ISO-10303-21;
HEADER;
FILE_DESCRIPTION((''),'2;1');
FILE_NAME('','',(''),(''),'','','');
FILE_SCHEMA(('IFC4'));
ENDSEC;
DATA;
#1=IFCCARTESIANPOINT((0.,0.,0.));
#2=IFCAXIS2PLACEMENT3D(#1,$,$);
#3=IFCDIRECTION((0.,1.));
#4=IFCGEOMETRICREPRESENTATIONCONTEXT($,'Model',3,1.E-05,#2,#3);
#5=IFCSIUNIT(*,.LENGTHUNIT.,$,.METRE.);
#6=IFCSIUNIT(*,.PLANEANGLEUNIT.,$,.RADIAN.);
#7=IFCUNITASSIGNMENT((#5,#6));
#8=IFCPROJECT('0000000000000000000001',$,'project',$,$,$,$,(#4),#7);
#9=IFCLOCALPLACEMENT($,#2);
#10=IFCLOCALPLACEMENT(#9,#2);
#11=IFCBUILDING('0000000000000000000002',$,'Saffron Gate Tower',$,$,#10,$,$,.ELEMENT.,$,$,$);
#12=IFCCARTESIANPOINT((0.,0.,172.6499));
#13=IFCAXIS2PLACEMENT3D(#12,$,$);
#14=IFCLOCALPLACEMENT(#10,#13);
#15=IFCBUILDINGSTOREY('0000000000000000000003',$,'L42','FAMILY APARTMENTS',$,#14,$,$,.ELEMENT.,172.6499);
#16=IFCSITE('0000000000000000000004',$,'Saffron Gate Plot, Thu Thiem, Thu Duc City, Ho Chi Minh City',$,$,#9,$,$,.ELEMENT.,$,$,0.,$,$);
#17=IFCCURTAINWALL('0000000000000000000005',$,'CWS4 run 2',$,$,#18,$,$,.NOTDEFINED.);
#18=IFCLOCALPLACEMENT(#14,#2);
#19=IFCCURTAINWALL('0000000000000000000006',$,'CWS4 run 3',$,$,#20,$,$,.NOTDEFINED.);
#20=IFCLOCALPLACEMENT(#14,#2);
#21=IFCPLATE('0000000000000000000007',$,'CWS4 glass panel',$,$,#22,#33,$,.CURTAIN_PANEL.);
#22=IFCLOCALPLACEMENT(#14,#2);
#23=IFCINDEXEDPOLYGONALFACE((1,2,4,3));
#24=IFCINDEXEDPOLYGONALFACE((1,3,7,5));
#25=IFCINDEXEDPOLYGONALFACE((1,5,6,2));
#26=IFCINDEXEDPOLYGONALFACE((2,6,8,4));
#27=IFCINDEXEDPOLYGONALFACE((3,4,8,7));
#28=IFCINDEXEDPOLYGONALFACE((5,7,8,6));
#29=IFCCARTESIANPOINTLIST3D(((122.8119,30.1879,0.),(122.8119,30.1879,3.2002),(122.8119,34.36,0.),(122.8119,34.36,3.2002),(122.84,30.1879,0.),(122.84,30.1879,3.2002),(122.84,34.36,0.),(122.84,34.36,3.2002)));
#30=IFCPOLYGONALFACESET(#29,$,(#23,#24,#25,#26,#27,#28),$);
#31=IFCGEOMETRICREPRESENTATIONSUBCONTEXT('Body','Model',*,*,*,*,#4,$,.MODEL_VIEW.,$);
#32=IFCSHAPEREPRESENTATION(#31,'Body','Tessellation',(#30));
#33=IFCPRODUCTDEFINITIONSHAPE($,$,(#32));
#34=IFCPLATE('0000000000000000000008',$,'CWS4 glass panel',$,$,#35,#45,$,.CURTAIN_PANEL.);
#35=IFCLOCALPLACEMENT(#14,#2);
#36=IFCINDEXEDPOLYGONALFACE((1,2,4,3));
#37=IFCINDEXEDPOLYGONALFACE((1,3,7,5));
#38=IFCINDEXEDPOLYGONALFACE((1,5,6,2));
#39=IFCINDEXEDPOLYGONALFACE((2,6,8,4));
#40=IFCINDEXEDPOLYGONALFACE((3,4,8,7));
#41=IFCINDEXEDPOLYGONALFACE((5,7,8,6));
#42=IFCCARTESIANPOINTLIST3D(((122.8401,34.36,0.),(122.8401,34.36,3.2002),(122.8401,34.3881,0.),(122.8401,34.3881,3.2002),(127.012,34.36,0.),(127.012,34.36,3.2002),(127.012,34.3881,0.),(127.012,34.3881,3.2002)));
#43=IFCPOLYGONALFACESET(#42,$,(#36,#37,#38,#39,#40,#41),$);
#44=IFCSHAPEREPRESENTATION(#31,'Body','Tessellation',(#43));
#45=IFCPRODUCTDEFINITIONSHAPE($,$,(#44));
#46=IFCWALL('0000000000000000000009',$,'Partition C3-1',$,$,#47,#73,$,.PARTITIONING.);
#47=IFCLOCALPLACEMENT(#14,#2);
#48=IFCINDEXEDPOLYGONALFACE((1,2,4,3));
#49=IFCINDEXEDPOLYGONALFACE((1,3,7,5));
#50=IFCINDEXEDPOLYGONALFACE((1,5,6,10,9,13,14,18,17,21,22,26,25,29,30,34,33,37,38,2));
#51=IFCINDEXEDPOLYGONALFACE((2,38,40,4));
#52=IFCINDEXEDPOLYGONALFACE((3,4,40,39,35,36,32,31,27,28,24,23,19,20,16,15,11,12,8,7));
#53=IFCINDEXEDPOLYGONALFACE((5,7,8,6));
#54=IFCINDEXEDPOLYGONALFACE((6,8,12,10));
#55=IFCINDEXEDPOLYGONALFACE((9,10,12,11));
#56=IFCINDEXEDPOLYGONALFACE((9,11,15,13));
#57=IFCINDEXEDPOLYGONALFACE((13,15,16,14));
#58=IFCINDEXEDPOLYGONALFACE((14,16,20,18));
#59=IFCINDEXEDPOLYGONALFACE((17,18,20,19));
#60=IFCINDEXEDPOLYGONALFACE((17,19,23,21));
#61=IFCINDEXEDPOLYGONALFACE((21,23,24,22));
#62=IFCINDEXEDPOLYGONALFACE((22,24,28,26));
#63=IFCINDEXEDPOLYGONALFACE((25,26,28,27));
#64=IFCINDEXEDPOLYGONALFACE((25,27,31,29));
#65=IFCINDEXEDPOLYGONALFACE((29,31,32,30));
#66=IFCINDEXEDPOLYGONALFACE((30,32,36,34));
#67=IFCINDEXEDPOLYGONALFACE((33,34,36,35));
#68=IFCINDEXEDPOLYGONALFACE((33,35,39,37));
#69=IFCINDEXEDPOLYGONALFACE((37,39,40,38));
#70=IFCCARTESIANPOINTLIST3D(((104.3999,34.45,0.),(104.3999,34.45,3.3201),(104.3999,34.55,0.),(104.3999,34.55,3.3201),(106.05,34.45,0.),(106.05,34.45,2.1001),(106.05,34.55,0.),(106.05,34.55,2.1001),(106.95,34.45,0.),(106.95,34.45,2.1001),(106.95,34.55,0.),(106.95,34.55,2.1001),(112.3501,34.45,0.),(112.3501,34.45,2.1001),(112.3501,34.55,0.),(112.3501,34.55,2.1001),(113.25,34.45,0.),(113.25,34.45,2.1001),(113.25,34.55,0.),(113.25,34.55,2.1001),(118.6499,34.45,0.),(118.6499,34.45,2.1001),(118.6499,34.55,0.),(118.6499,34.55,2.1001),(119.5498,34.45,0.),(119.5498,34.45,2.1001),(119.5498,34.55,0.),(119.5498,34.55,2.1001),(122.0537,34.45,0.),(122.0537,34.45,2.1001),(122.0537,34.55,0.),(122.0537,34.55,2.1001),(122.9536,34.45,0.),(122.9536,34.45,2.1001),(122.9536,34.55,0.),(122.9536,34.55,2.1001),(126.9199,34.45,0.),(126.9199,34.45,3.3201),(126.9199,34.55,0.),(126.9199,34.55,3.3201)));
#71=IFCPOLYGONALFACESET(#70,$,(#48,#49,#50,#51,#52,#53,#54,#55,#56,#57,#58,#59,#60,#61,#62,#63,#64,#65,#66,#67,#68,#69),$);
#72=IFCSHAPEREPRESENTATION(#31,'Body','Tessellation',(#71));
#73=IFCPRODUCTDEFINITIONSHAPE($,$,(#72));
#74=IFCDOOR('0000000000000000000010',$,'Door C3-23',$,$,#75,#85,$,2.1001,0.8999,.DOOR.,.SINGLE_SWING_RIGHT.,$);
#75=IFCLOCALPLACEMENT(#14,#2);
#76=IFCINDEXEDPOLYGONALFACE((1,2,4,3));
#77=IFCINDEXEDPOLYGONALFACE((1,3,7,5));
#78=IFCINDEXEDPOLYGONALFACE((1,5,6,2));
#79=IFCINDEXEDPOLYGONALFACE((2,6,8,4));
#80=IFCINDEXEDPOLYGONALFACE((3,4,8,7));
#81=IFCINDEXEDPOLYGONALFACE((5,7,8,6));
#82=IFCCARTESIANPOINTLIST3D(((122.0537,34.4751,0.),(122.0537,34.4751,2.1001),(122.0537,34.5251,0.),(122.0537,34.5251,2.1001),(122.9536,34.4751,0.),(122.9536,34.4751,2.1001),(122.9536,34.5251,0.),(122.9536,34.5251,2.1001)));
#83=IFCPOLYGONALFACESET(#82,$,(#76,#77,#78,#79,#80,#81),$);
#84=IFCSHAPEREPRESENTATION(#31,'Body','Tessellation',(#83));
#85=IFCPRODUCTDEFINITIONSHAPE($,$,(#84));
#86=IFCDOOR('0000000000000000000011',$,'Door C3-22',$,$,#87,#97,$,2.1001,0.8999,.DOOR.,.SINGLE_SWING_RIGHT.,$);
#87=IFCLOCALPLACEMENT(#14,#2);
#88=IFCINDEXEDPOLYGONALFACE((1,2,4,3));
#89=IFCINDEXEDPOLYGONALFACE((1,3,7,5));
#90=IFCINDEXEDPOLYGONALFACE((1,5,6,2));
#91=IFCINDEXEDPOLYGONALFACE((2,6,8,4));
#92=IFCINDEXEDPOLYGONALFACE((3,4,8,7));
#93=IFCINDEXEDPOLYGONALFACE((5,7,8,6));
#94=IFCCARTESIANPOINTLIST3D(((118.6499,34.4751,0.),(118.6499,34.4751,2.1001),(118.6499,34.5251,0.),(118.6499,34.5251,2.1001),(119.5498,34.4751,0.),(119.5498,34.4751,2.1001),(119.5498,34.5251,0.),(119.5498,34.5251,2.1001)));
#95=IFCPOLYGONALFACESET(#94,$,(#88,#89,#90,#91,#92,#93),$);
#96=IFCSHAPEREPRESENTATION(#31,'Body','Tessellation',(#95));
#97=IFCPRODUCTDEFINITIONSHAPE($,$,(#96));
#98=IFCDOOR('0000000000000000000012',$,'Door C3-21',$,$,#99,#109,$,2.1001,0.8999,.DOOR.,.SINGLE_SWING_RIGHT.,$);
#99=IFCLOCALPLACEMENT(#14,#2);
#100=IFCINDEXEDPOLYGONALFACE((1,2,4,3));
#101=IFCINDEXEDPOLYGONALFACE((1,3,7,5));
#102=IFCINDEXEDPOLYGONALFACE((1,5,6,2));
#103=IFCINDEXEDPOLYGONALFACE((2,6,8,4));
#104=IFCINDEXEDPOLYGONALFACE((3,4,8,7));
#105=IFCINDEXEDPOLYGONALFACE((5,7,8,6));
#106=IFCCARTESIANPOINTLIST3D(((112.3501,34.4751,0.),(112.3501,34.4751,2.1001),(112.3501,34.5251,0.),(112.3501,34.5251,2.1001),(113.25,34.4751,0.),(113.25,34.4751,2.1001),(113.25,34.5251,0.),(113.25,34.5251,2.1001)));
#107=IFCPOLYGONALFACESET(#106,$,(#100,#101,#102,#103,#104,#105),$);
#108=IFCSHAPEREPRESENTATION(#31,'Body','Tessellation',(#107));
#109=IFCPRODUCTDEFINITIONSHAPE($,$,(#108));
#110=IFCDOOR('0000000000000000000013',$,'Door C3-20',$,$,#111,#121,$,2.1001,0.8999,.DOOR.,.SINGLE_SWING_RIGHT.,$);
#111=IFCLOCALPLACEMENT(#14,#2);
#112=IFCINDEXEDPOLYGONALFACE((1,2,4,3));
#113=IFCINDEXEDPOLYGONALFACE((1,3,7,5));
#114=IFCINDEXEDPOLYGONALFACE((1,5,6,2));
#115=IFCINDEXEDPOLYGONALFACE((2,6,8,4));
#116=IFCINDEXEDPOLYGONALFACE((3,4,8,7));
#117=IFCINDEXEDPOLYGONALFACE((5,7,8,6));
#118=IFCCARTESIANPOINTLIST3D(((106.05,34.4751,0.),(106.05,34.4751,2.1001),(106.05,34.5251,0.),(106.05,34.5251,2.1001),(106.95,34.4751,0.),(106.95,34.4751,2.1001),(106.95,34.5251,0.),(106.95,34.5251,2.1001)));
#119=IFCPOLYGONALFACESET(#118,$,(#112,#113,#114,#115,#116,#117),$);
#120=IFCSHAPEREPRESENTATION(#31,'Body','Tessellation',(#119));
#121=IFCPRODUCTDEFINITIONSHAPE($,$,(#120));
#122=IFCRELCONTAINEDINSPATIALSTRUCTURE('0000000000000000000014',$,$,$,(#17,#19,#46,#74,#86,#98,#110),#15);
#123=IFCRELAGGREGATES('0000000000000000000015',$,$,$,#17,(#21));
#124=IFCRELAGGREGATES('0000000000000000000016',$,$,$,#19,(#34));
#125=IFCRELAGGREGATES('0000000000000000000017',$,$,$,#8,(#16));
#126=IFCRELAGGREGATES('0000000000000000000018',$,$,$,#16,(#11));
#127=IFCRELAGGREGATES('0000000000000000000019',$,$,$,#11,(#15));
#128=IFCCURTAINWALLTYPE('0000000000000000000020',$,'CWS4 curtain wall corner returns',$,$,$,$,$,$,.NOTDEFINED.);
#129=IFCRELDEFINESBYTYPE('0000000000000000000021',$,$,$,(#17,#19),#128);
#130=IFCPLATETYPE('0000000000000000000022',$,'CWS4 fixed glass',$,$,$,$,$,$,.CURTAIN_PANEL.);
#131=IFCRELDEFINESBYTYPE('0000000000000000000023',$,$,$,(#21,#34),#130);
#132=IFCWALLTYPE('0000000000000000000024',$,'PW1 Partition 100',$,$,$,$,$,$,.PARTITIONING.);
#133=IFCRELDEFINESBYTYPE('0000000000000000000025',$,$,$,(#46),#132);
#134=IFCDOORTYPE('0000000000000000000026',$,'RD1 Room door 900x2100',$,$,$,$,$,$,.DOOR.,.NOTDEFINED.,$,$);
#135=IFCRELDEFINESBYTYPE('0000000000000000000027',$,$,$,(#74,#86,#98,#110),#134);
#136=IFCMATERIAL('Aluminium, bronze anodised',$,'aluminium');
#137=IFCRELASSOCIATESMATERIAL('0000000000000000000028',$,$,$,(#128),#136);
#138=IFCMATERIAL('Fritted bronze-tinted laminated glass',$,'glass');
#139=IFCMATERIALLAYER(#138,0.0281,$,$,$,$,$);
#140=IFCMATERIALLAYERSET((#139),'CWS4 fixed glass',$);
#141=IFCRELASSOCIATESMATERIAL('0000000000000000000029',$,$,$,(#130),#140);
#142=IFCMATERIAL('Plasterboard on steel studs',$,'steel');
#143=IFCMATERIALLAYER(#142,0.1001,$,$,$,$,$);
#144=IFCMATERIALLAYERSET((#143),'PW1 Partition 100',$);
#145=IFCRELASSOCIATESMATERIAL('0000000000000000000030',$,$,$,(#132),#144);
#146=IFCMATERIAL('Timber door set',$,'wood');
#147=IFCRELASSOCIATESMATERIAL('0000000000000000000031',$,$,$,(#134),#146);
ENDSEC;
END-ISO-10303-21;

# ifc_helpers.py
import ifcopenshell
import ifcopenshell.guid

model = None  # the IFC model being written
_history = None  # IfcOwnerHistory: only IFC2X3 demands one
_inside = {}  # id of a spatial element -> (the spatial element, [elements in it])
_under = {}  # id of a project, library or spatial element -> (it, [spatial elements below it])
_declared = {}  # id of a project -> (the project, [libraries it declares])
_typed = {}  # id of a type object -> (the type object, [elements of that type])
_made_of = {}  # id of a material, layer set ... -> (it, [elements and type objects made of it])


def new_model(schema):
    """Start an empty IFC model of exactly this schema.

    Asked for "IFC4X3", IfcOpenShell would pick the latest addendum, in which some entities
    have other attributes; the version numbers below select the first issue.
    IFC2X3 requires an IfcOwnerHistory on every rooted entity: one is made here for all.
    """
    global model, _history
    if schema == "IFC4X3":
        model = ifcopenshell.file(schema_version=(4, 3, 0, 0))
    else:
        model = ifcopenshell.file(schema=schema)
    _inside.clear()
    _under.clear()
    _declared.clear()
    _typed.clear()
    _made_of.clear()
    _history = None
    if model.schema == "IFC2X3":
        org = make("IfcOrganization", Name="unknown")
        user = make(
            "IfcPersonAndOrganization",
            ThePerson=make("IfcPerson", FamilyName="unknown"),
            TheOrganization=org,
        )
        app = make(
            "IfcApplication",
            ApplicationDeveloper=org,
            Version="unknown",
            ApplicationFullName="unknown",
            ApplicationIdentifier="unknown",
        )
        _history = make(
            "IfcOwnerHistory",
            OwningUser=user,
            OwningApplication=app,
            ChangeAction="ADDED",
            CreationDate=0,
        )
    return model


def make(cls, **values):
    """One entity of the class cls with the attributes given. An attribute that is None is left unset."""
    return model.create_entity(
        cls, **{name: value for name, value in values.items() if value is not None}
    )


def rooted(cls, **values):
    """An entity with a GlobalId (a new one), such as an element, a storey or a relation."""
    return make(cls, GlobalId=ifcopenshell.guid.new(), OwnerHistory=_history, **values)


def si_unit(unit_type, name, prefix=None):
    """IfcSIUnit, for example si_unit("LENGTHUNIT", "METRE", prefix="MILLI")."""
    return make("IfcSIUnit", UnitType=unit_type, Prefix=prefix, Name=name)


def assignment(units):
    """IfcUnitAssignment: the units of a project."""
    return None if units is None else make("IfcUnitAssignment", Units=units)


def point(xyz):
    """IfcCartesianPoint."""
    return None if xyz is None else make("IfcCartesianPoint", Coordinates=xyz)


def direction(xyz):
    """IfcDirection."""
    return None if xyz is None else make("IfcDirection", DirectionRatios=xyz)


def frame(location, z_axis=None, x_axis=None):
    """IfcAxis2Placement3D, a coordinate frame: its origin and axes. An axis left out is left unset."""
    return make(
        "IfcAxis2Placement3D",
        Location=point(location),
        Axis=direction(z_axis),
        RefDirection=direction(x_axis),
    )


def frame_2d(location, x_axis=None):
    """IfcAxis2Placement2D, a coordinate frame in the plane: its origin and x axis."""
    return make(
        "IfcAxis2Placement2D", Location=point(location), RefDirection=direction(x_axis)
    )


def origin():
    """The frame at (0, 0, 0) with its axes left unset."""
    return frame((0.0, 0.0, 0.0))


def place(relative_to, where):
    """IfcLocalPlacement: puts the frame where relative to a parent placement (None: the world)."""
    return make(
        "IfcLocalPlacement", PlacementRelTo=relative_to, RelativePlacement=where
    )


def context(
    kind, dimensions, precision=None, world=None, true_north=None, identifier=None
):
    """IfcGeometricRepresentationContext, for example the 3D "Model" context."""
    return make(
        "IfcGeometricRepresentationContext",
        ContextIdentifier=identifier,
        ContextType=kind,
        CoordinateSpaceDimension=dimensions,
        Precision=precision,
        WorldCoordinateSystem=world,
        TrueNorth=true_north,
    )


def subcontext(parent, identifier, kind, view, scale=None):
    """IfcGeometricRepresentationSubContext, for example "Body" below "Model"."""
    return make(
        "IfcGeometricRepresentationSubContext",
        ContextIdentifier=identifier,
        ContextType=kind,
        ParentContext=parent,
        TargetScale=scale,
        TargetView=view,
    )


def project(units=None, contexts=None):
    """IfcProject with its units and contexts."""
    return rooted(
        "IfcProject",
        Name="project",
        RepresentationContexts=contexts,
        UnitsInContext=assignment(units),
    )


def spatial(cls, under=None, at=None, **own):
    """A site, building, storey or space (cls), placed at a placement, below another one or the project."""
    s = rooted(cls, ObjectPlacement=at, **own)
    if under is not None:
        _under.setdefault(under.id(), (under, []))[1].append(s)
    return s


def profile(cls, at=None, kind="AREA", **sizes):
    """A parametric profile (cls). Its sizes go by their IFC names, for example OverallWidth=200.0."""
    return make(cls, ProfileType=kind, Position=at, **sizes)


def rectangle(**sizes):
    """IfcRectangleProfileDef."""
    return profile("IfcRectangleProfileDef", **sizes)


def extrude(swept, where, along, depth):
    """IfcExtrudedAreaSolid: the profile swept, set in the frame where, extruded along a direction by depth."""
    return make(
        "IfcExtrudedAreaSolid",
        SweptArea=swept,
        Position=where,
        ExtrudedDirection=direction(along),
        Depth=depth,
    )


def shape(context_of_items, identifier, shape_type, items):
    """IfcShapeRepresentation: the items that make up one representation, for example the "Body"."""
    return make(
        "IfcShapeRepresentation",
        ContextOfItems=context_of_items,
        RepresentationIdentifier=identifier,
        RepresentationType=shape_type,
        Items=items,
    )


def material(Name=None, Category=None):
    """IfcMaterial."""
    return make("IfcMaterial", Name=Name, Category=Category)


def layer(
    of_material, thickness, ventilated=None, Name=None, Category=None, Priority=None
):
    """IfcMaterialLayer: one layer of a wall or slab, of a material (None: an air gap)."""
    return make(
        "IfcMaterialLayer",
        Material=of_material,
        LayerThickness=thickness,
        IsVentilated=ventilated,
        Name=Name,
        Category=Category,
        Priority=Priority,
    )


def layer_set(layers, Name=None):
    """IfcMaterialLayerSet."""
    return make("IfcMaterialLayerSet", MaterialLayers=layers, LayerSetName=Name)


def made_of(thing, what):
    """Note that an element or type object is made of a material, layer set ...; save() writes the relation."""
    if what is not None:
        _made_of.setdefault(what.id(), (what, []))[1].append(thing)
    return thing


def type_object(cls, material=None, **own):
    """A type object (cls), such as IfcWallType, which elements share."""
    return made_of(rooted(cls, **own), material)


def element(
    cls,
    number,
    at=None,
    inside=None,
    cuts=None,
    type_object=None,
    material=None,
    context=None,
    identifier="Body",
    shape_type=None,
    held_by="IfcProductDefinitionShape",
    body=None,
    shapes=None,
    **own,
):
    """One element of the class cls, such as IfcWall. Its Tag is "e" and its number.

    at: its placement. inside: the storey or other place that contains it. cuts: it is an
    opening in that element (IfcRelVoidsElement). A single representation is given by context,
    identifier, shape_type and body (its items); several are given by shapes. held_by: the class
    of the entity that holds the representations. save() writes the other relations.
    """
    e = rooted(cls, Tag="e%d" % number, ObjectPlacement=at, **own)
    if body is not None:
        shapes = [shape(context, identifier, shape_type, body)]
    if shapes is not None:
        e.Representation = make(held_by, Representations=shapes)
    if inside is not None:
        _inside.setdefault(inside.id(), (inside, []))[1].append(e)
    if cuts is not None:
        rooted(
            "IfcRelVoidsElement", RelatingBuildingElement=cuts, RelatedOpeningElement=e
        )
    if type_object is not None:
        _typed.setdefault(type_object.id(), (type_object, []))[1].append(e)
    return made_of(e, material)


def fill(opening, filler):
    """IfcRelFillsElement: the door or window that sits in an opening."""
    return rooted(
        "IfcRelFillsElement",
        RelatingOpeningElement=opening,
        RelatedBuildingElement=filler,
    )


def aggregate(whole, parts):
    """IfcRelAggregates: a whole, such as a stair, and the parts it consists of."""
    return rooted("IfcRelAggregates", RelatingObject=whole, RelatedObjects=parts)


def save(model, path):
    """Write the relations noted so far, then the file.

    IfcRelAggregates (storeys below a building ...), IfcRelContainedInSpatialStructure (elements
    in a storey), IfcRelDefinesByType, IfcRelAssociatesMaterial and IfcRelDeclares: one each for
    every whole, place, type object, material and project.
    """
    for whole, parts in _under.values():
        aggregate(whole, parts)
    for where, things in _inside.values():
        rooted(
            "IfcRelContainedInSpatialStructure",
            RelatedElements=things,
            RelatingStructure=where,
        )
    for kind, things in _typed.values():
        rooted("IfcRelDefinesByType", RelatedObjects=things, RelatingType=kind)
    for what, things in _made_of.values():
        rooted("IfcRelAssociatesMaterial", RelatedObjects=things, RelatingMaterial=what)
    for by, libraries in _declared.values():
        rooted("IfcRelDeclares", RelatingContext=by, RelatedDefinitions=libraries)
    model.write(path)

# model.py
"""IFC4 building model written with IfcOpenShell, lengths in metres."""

from ifc_helpers import new_model, si_unit, direction, frame, frame_2d, origin, place, context, subcontext, project, spatial, rectangle, extrude, material, layer, layer_set, type_object, element, fill, aggregate, save


model = new_model("IFC4")

# Units and contexts
model_context = context("Model", 3, precision=1e-05, world=origin(), true_north=direction((0.0, 1.0)))
body_context = subcontext(model_context, "Body", "Model", "MODEL_VIEW")
ifc_project = project(units=[si_unit("LENGTHUNIT", "METRE"), si_unit("PLANEANGLEUNIT", "RADIAN")], contexts=[model_context])

# Site, building, storey
site_placement = place(None, origin())
site = spatial("IfcSite", under=ifc_project, at=site_placement, Name="Saffron Gate Plot, Thu Thiem, Thu Duc City, Ho Chi Minh City", CompositionType="ELEMENT", RefElevation=0.0)
building_placement = place(site_placement, origin())
building = spatial("IfcBuilding", under=site, at=building_placement, Name="Saffron Gate Tower", CompositionType="ELEMENT")
storey_placement = place(building_placement, frame((0.0, 0.0, 172.6499)))
storey = spatial("IfcBuildingStorey", under=building, at=storey_placement, Name="L42", Description="FAMILY APARTMENTS", CompositionType="ELEMENT", Elevation=172.6499)

# Shared definitions
ifc_material_1 = material(Name="Aluminium, bronze anodised", Category="aluminium")

# Curtain walls
curtain_wall_type_1 = type_object("IfcCurtainWallType", Name="CWS4 curtain wall corner returns", PredefinedType="NOTDEFINED", material=ifc_material_1)
curtain_wall_1_placement = place(storey_placement, origin())
curtain_wall_1 = element("IfcCurtainWall", 1, at=curtain_wall_1_placement, inside=storey, type_object=curtain_wall_type_1, Name="CWS4 run 2", PredefinedType="NOTDEFINED")
curtain_wall_2_placement = place(storey_placement, origin())
curtain_wall_2 = element("IfcCurtainWall", 2, at=curtain_wall_2_placement, inside=storey, type_object=curtain_wall_type_1, Name="CWS4 run 3", PredefinedType="NOTDEFINED")

# Shared definitions
ifc_material_2 = material(Name="Fritted bronze-tinted laminated glass", Category="glass")

# Plates
ifc_layer_1 = layer(ifc_material_2, 0.0281)
ifc_layer_set_1 = layer_set([ifc_layer_1], Name="CWS4 fixed glass")
plate_type_1 = type_object("IfcPlateType", Name="CWS4 fixed glass", PredefinedType="CURTAIN_PANEL", material=ifc_layer_set_1)
plate_1_placement = place(storey_placement, frame((122.8259, 30.188, 0.0), z_axis=(0.0, 0.0, 1.0), x_axis=(0.0, 1.0, 0.0)))
plate_1 = element("IfcPlate", 3, at=plate_1_placement, type_object=plate_type_1, Name="CWS4 glass panel", PredefinedType="CURTAIN_PANEL", context=body_context, shape_type="SweptSolid", body=[
    extrude(rectangle(XDim=4.1721, YDim=0.0281, at=frame_2d((2.0859, 0.0))), origin(), (0.0, 0.0, 1.0), 3.2002),
])
aggregate(curtain_wall_1, [plate_1])
plate_2_placement = place(storey_placement, frame((122.8401, 34.374, 0.0), z_axis=(0.0, 0.0, 1.0), x_axis=(1.0, 0.0, 0.0)))
plate_2 = element("IfcPlate", 4, at=plate_2_placement, type_object=plate_type_1, Name="CWS4 glass panel", PredefinedType="CURTAIN_PANEL", context=body_context, shape_type="SweptSolid", body=[
    extrude(rectangle(XDim=4.1719, YDim=0.0281, at=frame_2d((2.0859, 0.0))), origin(), (0.0, 0.0, 1.0), 3.2002),
])
aggregate(curtain_wall_2, [plate_2])

# Wall, openings, doors
ifc_material_3 = material(Name="Plasterboard on steel studs", Category="steel")
ifc_layer_2 = layer(ifc_material_3, 0.1001)
ifc_layer_set_2 = layer_set([ifc_layer_2], Name="PW1 Partition 100")
wall_type = type_object("IfcWallType", Name="PW1 Partition 100", PredefinedType="PARTITIONING", material=ifc_layer_set_2)
wall_placement = place(storey_placement, frame((126.9199, 34.5, 0.0), z_axis=(0.0, 0.0, 1.0), x_axis=(-1.0, 0.0, 0.0)))
wall = element("IfcWall", 5, at=wall_placement, inside=storey, type_object=wall_type, Name="Partition C3-1", PredefinedType="PARTITIONING", context=body_context, shape_type="SweptSolid", body=[
    extrude(rectangle(XDim=22.52, YDim=0.1001, at=frame_2d((11.26, 0.0))), origin(), (0.0, 0.0, 1.0), 3.3201),
])
opening_1_placement = place(wall_placement, frame((3.9663, 0.0, 0.0)))
opening_1 = element("IfcOpeningElement", 6, at=opening_1_placement, cuts=wall, PredefinedType="OPENING", context=body_context, shape_type="SweptSolid", body=[
    extrude(rectangle(XDim=0.8999, YDim=2.1001, at=frame_2d((0.45, 1.05))), frame((0.0, 0.0601, 0.0), z_axis=(0.0, -1.0, 0.0), x_axis=(1.0, 0.0, 0.0)), (0.0, 0.0, 1.0), 0.1201),
])
opening_2_placement = place(wall_placement, frame((7.3701, 0.0, 0.0)))
opening_2 = element("IfcOpeningElement", 7, at=opening_2_placement, cuts=wall, PredefinedType="OPENING", context=body_context, shape_type="SweptSolid", body=[
    extrude(rectangle(XDim=0.8999, YDim=2.1001, at=frame_2d((0.45, 1.05))), frame((0.0, 0.0601, 0.0), z_axis=(0.0, -1.0, 0.0), x_axis=(1.0, 0.0, 0.0)), (0.0, 0.0, 1.0), 0.1201),
])
opening_3_placement = place(wall_placement, frame((13.6699, 0.0, 0.0)))
opening_3 = element("IfcOpeningElement", 8, at=opening_3_placement, cuts=wall, PredefinedType="OPENING", context=body_context, shape_type="SweptSolid", body=[
    extrude(rectangle(XDim=0.8999, YDim=2.1001, at=frame_2d((0.45, 1.05))), frame((0.0, 0.0601, 0.0), z_axis=(0.0, -1.0, 0.0), x_axis=(1.0, 0.0, 0.0)), (0.0, 0.0, 1.0), 0.1201),
])
opening_4_placement = place(wall_placement, frame((19.97, 0.0, 0.0)))
opening_4 = element("IfcOpeningElement", 9, at=opening_4_placement, cuts=wall, PredefinedType="OPENING", context=body_context, shape_type="SweptSolid", body=[
    extrude(rectangle(XDim=0.8999, YDim=2.1001, at=frame_2d((0.45, 1.05))), frame((0.0, 0.0601, 0.0), z_axis=(0.0, -1.0, 0.0), x_axis=(1.0, 0.0, 0.0)), (0.0, 0.0, 1.0), 0.1201),
])
ifc_material_4 = material(Name="Timber door set", Category="wood")
door_type = type_object("IfcDoorType", Name="RD1 Room door 900x2100", OperationType="NOTDEFINED", PredefinedType="DOOR", material=ifc_material_4)
door_1_placement = place(opening_1_placement, origin())
door_1 = element("IfcDoor", 10, at=door_1_placement, inside=storey, type_object=door_type, Name="Door C3-23", OperationType="SINGLE_SWING_RIGHT", OverallHeight=2.1001, OverallWidth=0.8999, PredefinedType="DOOR", context=body_context, shape_type="SweptSolid", body=[
    extrude(rectangle(XDim=0.8999, YDim=2.1001, at=frame_2d((0.45, 1.05))), frame((0.0, 0.0249, 0.0), z_axis=(0.0, -1.0, 0.0), x_axis=(1.0, 0.0, 0.0)), (0.0, 0.0, 1.0), 0.05),
])
fill(opening_1, door_1)
door_2_placement = place(opening_2_placement, origin())
door_2 = element("IfcDoor", 11, at=door_2_placement, inside=storey, type_object=door_type, Name="Door C3-22", OperationType="SINGLE_SWING_RIGHT", OverallHeight=2.1001, OverallWidth=0.8999, PredefinedType="DOOR", context=body_context, shape_type="SweptSolid", body=[
    extrude(rectangle(XDim=0.8999, YDim=2.1001, at=frame_2d((0.45, 1.05))), frame((0.0, 0.0249, 0.0), z_axis=(0.0, -1.0, 0.0), x_axis=(1.0, 0.0, 0.0)), (0.0, 0.0, 1.0), 0.05),
])
fill(opening_2, door_2)
door_3_placement = place(opening_3_placement, origin())
door_3 = element("IfcDoor", 12, at=door_3_placement, inside=storey, type_object=door_type, Name="Door C3-21", OperationType="SINGLE_SWING_RIGHT", OverallHeight=2.1001, OverallWidth=0.8999, PredefinedType="DOOR", context=body_context, shape_type="SweptSolid", body=[
    extrude(rectangle(XDim=0.8999, YDim=2.1001, at=frame_2d((0.45, 1.05))), frame((0.0, 0.0249, 0.0), z_axis=(0.0, -1.0, 0.0), x_axis=(1.0, 0.0, 0.0)), (0.0, 0.0, 1.0), 0.05),
])
fill(opening_3, door_3)
door_4_placement = place(opening_4_placement, origin())
door_4 = element("IfcDoor", 13, at=door_4_placement, inside=storey, type_object=door_type, Name="Door C3-20", OperationType="SINGLE_SWING_RIGHT", OverallHeight=2.1001, OverallWidth=0.8999, PredefinedType="DOOR", context=body_context, shape_type="SweptSolid", body=[
    extrude(rectangle(XDim=0.8999, YDim=2.1001, at=frame_2d((0.45, 1.05))), frame((0.0, 0.0249, 0.0), z_axis=(0.0, -1.0, 0.0), x_axis=(1.0, 0.0, 0.0)), (0.0, 0.0, 1.0), 0.05),
])
fill(opening_4, door_4)

save(model, "model.ifc")
